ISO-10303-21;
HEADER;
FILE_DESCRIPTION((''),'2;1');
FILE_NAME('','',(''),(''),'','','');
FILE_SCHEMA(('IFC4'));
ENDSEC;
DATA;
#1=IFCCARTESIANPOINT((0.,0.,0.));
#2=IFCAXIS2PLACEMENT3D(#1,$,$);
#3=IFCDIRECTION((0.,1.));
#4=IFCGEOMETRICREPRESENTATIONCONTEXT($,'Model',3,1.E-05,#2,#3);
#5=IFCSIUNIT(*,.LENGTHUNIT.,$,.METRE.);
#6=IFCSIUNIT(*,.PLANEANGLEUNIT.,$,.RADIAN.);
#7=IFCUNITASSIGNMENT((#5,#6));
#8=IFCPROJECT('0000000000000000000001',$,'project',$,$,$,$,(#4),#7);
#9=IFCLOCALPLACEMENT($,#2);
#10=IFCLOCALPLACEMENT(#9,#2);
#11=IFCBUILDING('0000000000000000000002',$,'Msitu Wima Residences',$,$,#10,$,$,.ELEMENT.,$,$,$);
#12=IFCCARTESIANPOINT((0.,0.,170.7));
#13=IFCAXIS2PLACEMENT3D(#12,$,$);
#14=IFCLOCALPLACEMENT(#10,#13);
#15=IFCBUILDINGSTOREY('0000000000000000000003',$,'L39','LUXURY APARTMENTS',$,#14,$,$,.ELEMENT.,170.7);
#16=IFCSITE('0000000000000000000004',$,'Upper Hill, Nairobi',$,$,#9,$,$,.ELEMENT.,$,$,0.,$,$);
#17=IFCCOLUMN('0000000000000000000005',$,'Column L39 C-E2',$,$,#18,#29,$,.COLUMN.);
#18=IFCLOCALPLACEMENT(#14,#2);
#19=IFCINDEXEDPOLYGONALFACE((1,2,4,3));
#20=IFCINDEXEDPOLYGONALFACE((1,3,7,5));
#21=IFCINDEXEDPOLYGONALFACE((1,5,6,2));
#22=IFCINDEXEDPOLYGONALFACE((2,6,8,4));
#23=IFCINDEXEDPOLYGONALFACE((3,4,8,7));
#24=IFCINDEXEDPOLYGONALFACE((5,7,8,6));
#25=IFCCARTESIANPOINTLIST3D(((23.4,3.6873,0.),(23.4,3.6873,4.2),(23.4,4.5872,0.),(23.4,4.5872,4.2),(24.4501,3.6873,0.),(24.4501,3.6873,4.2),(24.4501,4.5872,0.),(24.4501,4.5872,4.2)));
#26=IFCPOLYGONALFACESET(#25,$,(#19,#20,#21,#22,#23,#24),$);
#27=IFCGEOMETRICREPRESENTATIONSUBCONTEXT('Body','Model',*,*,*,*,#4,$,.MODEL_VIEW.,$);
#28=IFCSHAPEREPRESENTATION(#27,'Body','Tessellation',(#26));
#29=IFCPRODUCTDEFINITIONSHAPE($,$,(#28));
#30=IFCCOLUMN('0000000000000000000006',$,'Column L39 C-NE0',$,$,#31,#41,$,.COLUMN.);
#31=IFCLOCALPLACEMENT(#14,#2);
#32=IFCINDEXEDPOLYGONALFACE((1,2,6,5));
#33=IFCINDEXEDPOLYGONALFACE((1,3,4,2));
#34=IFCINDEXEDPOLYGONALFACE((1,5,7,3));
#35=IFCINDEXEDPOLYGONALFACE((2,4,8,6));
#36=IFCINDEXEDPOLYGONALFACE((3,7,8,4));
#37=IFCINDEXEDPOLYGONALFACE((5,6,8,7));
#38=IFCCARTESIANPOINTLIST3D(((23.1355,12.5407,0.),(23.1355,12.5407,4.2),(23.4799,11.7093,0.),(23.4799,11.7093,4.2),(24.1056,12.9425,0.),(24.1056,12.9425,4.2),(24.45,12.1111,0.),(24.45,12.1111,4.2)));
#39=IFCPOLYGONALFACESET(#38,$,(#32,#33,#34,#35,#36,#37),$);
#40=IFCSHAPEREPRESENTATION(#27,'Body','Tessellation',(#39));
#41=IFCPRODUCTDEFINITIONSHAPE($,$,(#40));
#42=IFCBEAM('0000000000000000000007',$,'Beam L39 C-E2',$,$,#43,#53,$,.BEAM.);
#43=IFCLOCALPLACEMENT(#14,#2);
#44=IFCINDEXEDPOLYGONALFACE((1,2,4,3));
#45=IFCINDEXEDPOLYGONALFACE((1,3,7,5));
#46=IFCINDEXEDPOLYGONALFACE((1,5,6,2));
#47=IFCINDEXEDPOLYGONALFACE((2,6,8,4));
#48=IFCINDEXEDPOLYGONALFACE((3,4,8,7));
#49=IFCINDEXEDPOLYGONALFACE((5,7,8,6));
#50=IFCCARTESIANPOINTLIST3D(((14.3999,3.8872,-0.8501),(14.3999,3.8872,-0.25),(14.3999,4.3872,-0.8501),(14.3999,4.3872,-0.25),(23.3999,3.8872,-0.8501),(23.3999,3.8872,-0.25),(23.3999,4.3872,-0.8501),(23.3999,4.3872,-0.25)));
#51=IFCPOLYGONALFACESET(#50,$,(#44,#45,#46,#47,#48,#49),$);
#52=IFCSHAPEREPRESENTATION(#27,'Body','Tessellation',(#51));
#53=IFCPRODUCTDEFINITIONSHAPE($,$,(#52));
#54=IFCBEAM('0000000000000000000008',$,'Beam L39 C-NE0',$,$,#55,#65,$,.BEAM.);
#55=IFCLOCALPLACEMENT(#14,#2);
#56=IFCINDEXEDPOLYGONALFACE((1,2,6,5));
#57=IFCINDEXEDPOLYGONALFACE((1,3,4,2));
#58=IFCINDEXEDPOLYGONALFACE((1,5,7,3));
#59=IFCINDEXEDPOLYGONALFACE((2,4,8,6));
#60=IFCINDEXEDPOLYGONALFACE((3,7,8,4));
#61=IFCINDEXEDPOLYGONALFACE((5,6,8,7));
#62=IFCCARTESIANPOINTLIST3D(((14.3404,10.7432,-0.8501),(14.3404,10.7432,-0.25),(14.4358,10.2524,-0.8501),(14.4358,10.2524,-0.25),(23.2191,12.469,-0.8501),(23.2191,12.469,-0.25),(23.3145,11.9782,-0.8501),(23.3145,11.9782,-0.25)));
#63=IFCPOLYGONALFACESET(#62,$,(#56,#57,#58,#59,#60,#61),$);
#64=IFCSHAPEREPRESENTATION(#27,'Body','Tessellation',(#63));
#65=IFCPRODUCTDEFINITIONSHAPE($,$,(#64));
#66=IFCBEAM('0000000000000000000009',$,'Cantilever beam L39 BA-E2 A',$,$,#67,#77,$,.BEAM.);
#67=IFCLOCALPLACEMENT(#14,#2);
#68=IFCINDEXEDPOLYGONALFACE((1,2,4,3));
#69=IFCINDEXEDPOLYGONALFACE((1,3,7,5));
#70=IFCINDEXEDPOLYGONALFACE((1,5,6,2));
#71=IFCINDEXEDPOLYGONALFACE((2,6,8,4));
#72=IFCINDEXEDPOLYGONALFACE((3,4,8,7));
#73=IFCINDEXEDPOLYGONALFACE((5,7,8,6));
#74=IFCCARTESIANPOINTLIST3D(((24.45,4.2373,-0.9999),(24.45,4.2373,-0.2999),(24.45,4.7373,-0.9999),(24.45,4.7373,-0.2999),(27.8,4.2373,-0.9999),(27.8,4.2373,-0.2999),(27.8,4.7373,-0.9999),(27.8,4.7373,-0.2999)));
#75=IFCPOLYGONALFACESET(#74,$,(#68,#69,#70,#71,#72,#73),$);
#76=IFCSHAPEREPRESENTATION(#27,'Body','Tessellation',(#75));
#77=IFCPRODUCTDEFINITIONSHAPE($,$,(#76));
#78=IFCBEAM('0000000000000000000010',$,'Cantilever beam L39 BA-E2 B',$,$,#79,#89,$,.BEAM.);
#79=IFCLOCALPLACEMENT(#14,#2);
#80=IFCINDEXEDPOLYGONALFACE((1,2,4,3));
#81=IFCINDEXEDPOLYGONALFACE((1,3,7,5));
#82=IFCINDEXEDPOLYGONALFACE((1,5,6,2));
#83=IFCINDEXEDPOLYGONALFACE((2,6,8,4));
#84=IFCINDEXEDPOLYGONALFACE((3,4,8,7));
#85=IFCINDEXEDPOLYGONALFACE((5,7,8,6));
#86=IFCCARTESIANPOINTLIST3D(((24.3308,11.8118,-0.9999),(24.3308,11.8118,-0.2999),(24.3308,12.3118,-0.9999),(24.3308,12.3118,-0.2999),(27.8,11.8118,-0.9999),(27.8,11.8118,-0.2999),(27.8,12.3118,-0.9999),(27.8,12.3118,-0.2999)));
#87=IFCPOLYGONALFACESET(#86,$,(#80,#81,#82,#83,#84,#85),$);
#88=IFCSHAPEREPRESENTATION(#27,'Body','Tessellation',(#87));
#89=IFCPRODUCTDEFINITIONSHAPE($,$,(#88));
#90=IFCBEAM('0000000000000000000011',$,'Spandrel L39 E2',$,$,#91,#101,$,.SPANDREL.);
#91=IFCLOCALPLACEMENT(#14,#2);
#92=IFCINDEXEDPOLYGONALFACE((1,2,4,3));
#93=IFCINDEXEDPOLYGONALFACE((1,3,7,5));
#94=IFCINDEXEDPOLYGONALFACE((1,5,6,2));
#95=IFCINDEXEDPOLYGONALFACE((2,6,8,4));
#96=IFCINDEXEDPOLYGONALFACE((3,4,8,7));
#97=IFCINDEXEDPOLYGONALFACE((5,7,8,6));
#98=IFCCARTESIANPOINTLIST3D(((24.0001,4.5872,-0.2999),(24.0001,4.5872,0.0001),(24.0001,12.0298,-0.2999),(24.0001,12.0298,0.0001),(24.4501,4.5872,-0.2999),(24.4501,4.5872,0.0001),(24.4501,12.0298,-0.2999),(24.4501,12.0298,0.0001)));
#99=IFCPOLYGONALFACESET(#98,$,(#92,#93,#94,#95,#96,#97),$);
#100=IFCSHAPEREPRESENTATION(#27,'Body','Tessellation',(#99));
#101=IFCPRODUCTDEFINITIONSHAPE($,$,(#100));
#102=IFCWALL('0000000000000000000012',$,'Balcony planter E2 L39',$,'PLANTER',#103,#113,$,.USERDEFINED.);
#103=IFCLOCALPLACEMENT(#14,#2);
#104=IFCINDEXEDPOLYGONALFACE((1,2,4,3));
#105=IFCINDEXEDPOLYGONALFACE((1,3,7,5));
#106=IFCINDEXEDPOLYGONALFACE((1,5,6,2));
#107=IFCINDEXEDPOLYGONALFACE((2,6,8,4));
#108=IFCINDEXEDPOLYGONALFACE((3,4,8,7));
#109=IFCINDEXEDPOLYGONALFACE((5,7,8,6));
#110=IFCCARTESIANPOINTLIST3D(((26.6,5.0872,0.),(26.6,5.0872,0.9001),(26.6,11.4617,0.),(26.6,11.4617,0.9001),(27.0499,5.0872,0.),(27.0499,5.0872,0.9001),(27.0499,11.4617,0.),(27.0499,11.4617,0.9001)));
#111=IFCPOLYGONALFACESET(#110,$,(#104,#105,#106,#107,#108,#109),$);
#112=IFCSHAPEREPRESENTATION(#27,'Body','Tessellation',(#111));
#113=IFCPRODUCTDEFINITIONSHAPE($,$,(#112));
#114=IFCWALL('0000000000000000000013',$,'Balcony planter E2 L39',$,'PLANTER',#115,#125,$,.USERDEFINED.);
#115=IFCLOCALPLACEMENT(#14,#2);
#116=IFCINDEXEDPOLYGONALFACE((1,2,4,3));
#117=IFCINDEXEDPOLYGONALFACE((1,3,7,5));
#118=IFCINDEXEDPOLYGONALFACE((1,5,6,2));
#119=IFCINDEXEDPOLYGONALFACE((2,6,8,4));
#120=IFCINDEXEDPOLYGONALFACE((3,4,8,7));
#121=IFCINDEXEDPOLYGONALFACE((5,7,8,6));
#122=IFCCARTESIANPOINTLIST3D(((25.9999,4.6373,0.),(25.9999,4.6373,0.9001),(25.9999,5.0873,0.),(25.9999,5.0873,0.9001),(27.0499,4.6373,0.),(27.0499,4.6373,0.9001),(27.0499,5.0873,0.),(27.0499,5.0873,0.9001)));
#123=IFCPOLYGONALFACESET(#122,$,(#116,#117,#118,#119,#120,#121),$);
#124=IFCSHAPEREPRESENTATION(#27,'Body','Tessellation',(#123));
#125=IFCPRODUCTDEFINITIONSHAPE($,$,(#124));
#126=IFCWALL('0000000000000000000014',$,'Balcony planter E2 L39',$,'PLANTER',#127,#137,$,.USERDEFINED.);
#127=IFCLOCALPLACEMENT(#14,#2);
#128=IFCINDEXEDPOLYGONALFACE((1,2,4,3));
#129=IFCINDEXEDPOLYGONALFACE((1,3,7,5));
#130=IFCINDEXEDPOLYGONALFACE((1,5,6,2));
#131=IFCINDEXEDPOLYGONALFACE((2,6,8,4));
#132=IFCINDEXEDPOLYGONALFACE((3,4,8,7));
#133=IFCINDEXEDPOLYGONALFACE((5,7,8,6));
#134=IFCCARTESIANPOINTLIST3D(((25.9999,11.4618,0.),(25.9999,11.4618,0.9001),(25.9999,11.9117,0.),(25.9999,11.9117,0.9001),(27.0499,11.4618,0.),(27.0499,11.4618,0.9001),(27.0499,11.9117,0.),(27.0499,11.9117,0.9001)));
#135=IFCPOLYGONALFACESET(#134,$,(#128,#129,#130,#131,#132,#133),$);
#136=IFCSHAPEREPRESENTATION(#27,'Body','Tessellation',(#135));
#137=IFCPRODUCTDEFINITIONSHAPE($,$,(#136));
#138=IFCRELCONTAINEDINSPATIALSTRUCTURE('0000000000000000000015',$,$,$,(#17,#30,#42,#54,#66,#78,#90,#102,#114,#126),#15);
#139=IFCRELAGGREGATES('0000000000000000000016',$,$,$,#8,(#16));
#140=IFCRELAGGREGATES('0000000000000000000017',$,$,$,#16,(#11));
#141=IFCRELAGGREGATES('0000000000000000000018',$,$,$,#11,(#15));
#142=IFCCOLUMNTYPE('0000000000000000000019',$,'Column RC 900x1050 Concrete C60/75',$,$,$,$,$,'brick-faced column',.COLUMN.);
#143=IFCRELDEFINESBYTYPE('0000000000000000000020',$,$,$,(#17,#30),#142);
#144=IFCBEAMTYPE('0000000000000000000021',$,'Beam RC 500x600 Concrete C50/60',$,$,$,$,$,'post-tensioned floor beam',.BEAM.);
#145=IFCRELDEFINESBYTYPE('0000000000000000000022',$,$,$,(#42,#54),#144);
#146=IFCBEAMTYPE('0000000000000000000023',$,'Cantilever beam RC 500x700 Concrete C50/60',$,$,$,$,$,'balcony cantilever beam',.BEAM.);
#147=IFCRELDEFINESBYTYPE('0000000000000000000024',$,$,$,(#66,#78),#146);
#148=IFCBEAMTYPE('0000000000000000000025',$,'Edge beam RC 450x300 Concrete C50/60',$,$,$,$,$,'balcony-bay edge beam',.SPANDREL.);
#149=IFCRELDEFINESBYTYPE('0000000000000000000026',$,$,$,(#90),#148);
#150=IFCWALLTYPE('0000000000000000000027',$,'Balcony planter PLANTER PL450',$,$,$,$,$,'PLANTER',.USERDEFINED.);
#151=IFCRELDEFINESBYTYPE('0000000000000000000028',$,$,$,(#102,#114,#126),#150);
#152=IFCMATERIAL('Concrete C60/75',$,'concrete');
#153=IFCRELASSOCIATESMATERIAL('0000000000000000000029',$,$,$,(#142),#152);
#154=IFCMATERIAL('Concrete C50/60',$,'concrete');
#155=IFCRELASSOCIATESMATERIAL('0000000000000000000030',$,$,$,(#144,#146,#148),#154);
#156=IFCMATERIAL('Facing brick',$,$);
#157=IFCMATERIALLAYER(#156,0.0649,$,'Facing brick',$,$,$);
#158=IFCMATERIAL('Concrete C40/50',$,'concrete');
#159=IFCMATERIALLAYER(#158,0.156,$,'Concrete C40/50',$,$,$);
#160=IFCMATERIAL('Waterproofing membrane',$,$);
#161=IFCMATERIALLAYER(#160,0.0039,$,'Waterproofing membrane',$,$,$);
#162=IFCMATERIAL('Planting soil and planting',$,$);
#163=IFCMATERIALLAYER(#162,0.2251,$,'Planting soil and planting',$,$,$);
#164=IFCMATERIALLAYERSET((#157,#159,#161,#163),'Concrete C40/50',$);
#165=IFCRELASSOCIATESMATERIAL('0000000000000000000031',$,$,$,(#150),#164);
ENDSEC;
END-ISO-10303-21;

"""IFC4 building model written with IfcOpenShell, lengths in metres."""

from ifc_helpers import new_model, si_unit, direction, frame, frame_2d, origin, origin_2d, place, context, subcontext, project, spatial, rectangle, extrude, material, layer, layer_set, material_profile, profile_set, type_object, element, save


model = new_model("IFC4")

# Units and contexts
model_context = context("Model", 3, precision=1e-05, world=origin(), true_north=direction((0.0, 1.0)))
body_context = subcontext(model_context, "Body", "Model", "MODEL_VIEW")
ifc_project = project(units=[si_unit("LENGTHUNIT", "METRE"), si_unit("PLANEANGLEUNIT", "RADIAN")], contexts=[model_context])

# Site, building, storey
site_placement = place(None, origin())
site = spatial("IfcSite", under=ifc_project, at=site_placement, Name="Upper Hill, Nairobi", CompositionType="ELEMENT", RefElevation=0.0)
building_placement = place(site_placement, origin())
building = spatial("IfcBuilding", under=site, at=building_placement, Name="Msitu Wima Residences", CompositionType="ELEMENT")
storey_placement = place(building_placement, frame((0.0, 0.0, 170.7)))
storey = spatial("IfcBuildingStorey", under=building, at=storey_placement, Name="L39", Description="LUXURY APARTMENTS", CompositionType="ELEMENT", Elevation=170.7)

# Columns
ifc_material_1 = material(Name="Concrete C60/75", Category="concrete")
ifc_material_profile_1 = material_profile(ifc_material_1, rectangle(XDim=0.8999, YDim=1.05, at=origin_2d()), Name="RC 900x1050")
ifc_profile_set_1 = profile_set([ifc_material_profile_1], Name="Concrete C60/75")
column_type = type_object("IfcColumnType", Name="Column RC 900x1050 Concrete C60/75", ElementType="brick-faced column", PredefinedType="COLUMN", material=ifc_profile_set_1)
for number, where, z_axis, x_axis, name in (
    (1, (23.925, 4.1372, 0.0), (0.0, 0.0, 1.0), (0.0, 1.0, 0.0), "Column L39 C-E2"),
    (2, (23.7927, 12.3259, 0.0), (0.0, 0.0, 1.0), (-0.382683, 0.92388, 0.0), "Column L39 C-NE0"),
):
    element("IfcColumn", number, at=place(storey_placement, frame(where, z_axis=z_axis, x_axis=x_axis)), inside=storey, type_object=column_type, Name=name, PredefinedType="COLUMN", context=body_context, shape_type="SweptSolid", body=[
        extrude(rectangle(XDim=0.8999, YDim=1.05, at=origin_2d()), origin(), (0.0, 0.0, 1.0), 4.2),
    ])

# Beams
ifc_material_2 = material(Name="Concrete C50/60", Category="concrete")
ifc_material_profile_2 = material_profile(ifc_material_2, rectangle(XDim=0.5, YDim=0.6001, at=origin_2d()), Name="RC 500x600")
ifc_profile_set_2 = profile_set([ifc_material_profile_2], Name="Concrete C50/60")
beam_type_1 = type_object("IfcBeamType", Name="Beam RC 500x600 Concrete C50/60", ElementType="post-tensioned floor beam", PredefinedType="BEAM", material=ifc_profile_set_2)
beam_1_placement = place(storey_placement, frame((23.3999, 4.1372, -0.55), z_axis=(-1.0, 0.0, 0.0), x_axis=(0.0, -1.0, 0.0)))
element("IfcBeam", 3, at=beam_1_placement, inside=storey, type_object=beam_type_1, Name="Beam L39 C-E2", PredefinedType="BEAM", context=body_context, shape_type="SweptSolid", body=[
    extrude(rectangle(XDim=0.5, YDim=0.6001, at=origin_2d()), origin(), (0.0, 0.0, 1.0), 9.0),
])
beam_2_placement = place(storey_placement, frame((23.2668, 12.2236, -0.55), z_axis=(-0.981627, -0.190808, 0.0), x_axis=(0.190808, -0.981627, 0.0)))
element("IfcBeam", 4, at=beam_2_placement, inside=storey, type_object=beam_type_1, Name="Beam L39 C-NE0", PredefinedType="BEAM", context=body_context, shape_type="SweptSolid", body=[
    extrude(rectangle(XDim=0.5, YDim=0.6001, at=origin_2d()), origin(), (0.0, 0.0, 1.0), 9.0449),
])
ifc_material_profile_3 = material_profile(ifc_material_2, rectangle(XDim=0.5, YDim=0.7, at=origin_2d()), Name="RC 500x700")
ifc_profile_set_3 = profile_set([ifc_material_profile_3], Name="Concrete C50/60")
beam_type_2 = type_object("IfcBeamType", Name="Cantilever beam RC 500x700 Concrete C50/60", ElementType="balcony cantilever beam", PredefinedType="BEAM", material=ifc_profile_set_3)
beam_3_placement = place(storey_placement, frame((24.45, 4.4873, -0.6499), z_axis=(1.0, 0.0, 0.0), x_axis=(0.0, 1.0, 0.0)))
element("IfcBeam", 5, at=beam_3_placement, inside=storey, type_object=beam_type_2, Name="Cantilever beam L39 BA-E2 A", PredefinedType="BEAM", context=body_context, shape_type="SweptSolid", body=[
    extrude(rectangle(XDim=0.5, YDim=0.7, at=origin_2d()), origin(), (0.0, 0.0, 1.0), 3.3501),
])
beam_4_placement = place(storey_placement, frame((24.3308, 12.0618, -0.6499), z_axis=(1.0, 0.0, 0.0), x_axis=(0.0, 1.0, 0.0)))
element("IfcBeam", 6, at=beam_4_placement, inside=storey, type_object=beam_type_2, Name="Cantilever beam L39 BA-E2 B", PredefinedType="BEAM", context=body_context, shape_type="SweptSolid", body=[
    extrude(rectangle(XDim=0.5, YDim=0.7, at=origin_2d()), origin(), (0.0, 0.0, 1.0), 3.4692),
])
ifc_material_profile_4 = material_profile(ifc_material_2, rectangle(XDim=0.45, YDim=0.3, at=origin_2d()), Name="RC 450x300")
ifc_profile_set_4 = profile_set([ifc_material_profile_4], Name="Concrete C50/60")
beam_type_3 = type_object("IfcBeamType", Name="Edge beam RC 450x300 Concrete C50/60", ElementType="balcony-bay edge beam", PredefinedType="SPANDREL", material=ifc_profile_set_4)
beam_5_placement = place(storey_placement, frame((24.2251, 4.5872, -0.1499), z_axis=(0.0, 1.0, 0.0), x_axis=(-1.0, 0.0, 0.0)))
element("IfcBeam", 7, at=beam_5_placement, inside=storey, type_object=beam_type_3, Name="Spandrel L39 E2", PredefinedType="SPANDREL", context=body_context, shape_type="SweptSolid", body=[
    extrude(rectangle(XDim=0.45, YDim=0.3, at=origin_2d()), origin(), (0.0, 0.0, 1.0), 7.4426),
])

# Walls
ifc_material_3 = material(Name="Facing brick")
ifc_layer_1 = layer(ifc_material_3, 0.0649, Name="Facing brick")
ifc_material_4 = material(Name="Concrete C40/50", Category="concrete")
ifc_layer_2 = layer(ifc_material_4, 0.156, Name="Concrete C40/50")
ifc_material_5 = material(Name="Waterproofing membrane")
ifc_layer_3 = layer(ifc_material_5, 0.0039, Name="Waterproofing membrane")
ifc_material_6 = material(Name="Planting soil and planting")
ifc_layer_4 = layer(ifc_material_6, 0.2251, Name="Planting soil and planting")
ifc_layer_set_1 = layer_set([ifc_layer_1, ifc_layer_2, ifc_layer_3, ifc_layer_4], Name="Concrete C40/50")
wall_type_1 = type_object("IfcWallType", Name="Balcony planter PLANTER PL450", ElementType="PLANTER", PredefinedType="USERDEFINED", material=ifc_layer_set_1)
wall_1_placement = place(storey_placement, frame((26.825, 5.0872, 0.0), z_axis=(0.0, 0.0, 1.0), x_axis=(0.0, 1.0, 0.0)))
element("IfcWall", 8, at=wall_1_placement, inside=storey, type_object=wall_type_1, Name="Balcony planter E2 L39", ObjectType="PLANTER", PredefinedType="USERDEFINED", context=body_context, shape_type="SweptSolid", body=[
    extrude(rectangle(XDim=6.3745, YDim=0.45, at=frame_2d((3.1873, 0.0))), origin(), (0.0, 0.0, 1.0), 0.9001),
])
for number, where, z_axis, x_axis, name in (
    (9, (26.0, 4.8623, 0.0), (0.0, 0.0, 1.0), (1.0, 0.0, 0.0), "Balcony planter E2 L39"),
    (10, (26.0, 11.6868, 0.0), (0.0, 0.0, 1.0), (1.0, 0.0, 0.0), "Balcony planter E2 L39"),
):
    element("IfcWall", number, at=place(storey_placement, frame(where, z_axis=z_axis, x_axis=x_axis)), inside=storey, type_object=wall_type_1, Name=name, ObjectType="PLANTER", PredefinedType="USERDEFINED", context=body_context, shape_type="SweptSolid", body=[
        extrude(rectangle(XDim=1.05, YDim=0.45, at=frame_2d((0.5249, 0.0))), origin(), (0.0, 0.0, 1.0), 0.9001),
    ])

save(model, "model.ifc")
